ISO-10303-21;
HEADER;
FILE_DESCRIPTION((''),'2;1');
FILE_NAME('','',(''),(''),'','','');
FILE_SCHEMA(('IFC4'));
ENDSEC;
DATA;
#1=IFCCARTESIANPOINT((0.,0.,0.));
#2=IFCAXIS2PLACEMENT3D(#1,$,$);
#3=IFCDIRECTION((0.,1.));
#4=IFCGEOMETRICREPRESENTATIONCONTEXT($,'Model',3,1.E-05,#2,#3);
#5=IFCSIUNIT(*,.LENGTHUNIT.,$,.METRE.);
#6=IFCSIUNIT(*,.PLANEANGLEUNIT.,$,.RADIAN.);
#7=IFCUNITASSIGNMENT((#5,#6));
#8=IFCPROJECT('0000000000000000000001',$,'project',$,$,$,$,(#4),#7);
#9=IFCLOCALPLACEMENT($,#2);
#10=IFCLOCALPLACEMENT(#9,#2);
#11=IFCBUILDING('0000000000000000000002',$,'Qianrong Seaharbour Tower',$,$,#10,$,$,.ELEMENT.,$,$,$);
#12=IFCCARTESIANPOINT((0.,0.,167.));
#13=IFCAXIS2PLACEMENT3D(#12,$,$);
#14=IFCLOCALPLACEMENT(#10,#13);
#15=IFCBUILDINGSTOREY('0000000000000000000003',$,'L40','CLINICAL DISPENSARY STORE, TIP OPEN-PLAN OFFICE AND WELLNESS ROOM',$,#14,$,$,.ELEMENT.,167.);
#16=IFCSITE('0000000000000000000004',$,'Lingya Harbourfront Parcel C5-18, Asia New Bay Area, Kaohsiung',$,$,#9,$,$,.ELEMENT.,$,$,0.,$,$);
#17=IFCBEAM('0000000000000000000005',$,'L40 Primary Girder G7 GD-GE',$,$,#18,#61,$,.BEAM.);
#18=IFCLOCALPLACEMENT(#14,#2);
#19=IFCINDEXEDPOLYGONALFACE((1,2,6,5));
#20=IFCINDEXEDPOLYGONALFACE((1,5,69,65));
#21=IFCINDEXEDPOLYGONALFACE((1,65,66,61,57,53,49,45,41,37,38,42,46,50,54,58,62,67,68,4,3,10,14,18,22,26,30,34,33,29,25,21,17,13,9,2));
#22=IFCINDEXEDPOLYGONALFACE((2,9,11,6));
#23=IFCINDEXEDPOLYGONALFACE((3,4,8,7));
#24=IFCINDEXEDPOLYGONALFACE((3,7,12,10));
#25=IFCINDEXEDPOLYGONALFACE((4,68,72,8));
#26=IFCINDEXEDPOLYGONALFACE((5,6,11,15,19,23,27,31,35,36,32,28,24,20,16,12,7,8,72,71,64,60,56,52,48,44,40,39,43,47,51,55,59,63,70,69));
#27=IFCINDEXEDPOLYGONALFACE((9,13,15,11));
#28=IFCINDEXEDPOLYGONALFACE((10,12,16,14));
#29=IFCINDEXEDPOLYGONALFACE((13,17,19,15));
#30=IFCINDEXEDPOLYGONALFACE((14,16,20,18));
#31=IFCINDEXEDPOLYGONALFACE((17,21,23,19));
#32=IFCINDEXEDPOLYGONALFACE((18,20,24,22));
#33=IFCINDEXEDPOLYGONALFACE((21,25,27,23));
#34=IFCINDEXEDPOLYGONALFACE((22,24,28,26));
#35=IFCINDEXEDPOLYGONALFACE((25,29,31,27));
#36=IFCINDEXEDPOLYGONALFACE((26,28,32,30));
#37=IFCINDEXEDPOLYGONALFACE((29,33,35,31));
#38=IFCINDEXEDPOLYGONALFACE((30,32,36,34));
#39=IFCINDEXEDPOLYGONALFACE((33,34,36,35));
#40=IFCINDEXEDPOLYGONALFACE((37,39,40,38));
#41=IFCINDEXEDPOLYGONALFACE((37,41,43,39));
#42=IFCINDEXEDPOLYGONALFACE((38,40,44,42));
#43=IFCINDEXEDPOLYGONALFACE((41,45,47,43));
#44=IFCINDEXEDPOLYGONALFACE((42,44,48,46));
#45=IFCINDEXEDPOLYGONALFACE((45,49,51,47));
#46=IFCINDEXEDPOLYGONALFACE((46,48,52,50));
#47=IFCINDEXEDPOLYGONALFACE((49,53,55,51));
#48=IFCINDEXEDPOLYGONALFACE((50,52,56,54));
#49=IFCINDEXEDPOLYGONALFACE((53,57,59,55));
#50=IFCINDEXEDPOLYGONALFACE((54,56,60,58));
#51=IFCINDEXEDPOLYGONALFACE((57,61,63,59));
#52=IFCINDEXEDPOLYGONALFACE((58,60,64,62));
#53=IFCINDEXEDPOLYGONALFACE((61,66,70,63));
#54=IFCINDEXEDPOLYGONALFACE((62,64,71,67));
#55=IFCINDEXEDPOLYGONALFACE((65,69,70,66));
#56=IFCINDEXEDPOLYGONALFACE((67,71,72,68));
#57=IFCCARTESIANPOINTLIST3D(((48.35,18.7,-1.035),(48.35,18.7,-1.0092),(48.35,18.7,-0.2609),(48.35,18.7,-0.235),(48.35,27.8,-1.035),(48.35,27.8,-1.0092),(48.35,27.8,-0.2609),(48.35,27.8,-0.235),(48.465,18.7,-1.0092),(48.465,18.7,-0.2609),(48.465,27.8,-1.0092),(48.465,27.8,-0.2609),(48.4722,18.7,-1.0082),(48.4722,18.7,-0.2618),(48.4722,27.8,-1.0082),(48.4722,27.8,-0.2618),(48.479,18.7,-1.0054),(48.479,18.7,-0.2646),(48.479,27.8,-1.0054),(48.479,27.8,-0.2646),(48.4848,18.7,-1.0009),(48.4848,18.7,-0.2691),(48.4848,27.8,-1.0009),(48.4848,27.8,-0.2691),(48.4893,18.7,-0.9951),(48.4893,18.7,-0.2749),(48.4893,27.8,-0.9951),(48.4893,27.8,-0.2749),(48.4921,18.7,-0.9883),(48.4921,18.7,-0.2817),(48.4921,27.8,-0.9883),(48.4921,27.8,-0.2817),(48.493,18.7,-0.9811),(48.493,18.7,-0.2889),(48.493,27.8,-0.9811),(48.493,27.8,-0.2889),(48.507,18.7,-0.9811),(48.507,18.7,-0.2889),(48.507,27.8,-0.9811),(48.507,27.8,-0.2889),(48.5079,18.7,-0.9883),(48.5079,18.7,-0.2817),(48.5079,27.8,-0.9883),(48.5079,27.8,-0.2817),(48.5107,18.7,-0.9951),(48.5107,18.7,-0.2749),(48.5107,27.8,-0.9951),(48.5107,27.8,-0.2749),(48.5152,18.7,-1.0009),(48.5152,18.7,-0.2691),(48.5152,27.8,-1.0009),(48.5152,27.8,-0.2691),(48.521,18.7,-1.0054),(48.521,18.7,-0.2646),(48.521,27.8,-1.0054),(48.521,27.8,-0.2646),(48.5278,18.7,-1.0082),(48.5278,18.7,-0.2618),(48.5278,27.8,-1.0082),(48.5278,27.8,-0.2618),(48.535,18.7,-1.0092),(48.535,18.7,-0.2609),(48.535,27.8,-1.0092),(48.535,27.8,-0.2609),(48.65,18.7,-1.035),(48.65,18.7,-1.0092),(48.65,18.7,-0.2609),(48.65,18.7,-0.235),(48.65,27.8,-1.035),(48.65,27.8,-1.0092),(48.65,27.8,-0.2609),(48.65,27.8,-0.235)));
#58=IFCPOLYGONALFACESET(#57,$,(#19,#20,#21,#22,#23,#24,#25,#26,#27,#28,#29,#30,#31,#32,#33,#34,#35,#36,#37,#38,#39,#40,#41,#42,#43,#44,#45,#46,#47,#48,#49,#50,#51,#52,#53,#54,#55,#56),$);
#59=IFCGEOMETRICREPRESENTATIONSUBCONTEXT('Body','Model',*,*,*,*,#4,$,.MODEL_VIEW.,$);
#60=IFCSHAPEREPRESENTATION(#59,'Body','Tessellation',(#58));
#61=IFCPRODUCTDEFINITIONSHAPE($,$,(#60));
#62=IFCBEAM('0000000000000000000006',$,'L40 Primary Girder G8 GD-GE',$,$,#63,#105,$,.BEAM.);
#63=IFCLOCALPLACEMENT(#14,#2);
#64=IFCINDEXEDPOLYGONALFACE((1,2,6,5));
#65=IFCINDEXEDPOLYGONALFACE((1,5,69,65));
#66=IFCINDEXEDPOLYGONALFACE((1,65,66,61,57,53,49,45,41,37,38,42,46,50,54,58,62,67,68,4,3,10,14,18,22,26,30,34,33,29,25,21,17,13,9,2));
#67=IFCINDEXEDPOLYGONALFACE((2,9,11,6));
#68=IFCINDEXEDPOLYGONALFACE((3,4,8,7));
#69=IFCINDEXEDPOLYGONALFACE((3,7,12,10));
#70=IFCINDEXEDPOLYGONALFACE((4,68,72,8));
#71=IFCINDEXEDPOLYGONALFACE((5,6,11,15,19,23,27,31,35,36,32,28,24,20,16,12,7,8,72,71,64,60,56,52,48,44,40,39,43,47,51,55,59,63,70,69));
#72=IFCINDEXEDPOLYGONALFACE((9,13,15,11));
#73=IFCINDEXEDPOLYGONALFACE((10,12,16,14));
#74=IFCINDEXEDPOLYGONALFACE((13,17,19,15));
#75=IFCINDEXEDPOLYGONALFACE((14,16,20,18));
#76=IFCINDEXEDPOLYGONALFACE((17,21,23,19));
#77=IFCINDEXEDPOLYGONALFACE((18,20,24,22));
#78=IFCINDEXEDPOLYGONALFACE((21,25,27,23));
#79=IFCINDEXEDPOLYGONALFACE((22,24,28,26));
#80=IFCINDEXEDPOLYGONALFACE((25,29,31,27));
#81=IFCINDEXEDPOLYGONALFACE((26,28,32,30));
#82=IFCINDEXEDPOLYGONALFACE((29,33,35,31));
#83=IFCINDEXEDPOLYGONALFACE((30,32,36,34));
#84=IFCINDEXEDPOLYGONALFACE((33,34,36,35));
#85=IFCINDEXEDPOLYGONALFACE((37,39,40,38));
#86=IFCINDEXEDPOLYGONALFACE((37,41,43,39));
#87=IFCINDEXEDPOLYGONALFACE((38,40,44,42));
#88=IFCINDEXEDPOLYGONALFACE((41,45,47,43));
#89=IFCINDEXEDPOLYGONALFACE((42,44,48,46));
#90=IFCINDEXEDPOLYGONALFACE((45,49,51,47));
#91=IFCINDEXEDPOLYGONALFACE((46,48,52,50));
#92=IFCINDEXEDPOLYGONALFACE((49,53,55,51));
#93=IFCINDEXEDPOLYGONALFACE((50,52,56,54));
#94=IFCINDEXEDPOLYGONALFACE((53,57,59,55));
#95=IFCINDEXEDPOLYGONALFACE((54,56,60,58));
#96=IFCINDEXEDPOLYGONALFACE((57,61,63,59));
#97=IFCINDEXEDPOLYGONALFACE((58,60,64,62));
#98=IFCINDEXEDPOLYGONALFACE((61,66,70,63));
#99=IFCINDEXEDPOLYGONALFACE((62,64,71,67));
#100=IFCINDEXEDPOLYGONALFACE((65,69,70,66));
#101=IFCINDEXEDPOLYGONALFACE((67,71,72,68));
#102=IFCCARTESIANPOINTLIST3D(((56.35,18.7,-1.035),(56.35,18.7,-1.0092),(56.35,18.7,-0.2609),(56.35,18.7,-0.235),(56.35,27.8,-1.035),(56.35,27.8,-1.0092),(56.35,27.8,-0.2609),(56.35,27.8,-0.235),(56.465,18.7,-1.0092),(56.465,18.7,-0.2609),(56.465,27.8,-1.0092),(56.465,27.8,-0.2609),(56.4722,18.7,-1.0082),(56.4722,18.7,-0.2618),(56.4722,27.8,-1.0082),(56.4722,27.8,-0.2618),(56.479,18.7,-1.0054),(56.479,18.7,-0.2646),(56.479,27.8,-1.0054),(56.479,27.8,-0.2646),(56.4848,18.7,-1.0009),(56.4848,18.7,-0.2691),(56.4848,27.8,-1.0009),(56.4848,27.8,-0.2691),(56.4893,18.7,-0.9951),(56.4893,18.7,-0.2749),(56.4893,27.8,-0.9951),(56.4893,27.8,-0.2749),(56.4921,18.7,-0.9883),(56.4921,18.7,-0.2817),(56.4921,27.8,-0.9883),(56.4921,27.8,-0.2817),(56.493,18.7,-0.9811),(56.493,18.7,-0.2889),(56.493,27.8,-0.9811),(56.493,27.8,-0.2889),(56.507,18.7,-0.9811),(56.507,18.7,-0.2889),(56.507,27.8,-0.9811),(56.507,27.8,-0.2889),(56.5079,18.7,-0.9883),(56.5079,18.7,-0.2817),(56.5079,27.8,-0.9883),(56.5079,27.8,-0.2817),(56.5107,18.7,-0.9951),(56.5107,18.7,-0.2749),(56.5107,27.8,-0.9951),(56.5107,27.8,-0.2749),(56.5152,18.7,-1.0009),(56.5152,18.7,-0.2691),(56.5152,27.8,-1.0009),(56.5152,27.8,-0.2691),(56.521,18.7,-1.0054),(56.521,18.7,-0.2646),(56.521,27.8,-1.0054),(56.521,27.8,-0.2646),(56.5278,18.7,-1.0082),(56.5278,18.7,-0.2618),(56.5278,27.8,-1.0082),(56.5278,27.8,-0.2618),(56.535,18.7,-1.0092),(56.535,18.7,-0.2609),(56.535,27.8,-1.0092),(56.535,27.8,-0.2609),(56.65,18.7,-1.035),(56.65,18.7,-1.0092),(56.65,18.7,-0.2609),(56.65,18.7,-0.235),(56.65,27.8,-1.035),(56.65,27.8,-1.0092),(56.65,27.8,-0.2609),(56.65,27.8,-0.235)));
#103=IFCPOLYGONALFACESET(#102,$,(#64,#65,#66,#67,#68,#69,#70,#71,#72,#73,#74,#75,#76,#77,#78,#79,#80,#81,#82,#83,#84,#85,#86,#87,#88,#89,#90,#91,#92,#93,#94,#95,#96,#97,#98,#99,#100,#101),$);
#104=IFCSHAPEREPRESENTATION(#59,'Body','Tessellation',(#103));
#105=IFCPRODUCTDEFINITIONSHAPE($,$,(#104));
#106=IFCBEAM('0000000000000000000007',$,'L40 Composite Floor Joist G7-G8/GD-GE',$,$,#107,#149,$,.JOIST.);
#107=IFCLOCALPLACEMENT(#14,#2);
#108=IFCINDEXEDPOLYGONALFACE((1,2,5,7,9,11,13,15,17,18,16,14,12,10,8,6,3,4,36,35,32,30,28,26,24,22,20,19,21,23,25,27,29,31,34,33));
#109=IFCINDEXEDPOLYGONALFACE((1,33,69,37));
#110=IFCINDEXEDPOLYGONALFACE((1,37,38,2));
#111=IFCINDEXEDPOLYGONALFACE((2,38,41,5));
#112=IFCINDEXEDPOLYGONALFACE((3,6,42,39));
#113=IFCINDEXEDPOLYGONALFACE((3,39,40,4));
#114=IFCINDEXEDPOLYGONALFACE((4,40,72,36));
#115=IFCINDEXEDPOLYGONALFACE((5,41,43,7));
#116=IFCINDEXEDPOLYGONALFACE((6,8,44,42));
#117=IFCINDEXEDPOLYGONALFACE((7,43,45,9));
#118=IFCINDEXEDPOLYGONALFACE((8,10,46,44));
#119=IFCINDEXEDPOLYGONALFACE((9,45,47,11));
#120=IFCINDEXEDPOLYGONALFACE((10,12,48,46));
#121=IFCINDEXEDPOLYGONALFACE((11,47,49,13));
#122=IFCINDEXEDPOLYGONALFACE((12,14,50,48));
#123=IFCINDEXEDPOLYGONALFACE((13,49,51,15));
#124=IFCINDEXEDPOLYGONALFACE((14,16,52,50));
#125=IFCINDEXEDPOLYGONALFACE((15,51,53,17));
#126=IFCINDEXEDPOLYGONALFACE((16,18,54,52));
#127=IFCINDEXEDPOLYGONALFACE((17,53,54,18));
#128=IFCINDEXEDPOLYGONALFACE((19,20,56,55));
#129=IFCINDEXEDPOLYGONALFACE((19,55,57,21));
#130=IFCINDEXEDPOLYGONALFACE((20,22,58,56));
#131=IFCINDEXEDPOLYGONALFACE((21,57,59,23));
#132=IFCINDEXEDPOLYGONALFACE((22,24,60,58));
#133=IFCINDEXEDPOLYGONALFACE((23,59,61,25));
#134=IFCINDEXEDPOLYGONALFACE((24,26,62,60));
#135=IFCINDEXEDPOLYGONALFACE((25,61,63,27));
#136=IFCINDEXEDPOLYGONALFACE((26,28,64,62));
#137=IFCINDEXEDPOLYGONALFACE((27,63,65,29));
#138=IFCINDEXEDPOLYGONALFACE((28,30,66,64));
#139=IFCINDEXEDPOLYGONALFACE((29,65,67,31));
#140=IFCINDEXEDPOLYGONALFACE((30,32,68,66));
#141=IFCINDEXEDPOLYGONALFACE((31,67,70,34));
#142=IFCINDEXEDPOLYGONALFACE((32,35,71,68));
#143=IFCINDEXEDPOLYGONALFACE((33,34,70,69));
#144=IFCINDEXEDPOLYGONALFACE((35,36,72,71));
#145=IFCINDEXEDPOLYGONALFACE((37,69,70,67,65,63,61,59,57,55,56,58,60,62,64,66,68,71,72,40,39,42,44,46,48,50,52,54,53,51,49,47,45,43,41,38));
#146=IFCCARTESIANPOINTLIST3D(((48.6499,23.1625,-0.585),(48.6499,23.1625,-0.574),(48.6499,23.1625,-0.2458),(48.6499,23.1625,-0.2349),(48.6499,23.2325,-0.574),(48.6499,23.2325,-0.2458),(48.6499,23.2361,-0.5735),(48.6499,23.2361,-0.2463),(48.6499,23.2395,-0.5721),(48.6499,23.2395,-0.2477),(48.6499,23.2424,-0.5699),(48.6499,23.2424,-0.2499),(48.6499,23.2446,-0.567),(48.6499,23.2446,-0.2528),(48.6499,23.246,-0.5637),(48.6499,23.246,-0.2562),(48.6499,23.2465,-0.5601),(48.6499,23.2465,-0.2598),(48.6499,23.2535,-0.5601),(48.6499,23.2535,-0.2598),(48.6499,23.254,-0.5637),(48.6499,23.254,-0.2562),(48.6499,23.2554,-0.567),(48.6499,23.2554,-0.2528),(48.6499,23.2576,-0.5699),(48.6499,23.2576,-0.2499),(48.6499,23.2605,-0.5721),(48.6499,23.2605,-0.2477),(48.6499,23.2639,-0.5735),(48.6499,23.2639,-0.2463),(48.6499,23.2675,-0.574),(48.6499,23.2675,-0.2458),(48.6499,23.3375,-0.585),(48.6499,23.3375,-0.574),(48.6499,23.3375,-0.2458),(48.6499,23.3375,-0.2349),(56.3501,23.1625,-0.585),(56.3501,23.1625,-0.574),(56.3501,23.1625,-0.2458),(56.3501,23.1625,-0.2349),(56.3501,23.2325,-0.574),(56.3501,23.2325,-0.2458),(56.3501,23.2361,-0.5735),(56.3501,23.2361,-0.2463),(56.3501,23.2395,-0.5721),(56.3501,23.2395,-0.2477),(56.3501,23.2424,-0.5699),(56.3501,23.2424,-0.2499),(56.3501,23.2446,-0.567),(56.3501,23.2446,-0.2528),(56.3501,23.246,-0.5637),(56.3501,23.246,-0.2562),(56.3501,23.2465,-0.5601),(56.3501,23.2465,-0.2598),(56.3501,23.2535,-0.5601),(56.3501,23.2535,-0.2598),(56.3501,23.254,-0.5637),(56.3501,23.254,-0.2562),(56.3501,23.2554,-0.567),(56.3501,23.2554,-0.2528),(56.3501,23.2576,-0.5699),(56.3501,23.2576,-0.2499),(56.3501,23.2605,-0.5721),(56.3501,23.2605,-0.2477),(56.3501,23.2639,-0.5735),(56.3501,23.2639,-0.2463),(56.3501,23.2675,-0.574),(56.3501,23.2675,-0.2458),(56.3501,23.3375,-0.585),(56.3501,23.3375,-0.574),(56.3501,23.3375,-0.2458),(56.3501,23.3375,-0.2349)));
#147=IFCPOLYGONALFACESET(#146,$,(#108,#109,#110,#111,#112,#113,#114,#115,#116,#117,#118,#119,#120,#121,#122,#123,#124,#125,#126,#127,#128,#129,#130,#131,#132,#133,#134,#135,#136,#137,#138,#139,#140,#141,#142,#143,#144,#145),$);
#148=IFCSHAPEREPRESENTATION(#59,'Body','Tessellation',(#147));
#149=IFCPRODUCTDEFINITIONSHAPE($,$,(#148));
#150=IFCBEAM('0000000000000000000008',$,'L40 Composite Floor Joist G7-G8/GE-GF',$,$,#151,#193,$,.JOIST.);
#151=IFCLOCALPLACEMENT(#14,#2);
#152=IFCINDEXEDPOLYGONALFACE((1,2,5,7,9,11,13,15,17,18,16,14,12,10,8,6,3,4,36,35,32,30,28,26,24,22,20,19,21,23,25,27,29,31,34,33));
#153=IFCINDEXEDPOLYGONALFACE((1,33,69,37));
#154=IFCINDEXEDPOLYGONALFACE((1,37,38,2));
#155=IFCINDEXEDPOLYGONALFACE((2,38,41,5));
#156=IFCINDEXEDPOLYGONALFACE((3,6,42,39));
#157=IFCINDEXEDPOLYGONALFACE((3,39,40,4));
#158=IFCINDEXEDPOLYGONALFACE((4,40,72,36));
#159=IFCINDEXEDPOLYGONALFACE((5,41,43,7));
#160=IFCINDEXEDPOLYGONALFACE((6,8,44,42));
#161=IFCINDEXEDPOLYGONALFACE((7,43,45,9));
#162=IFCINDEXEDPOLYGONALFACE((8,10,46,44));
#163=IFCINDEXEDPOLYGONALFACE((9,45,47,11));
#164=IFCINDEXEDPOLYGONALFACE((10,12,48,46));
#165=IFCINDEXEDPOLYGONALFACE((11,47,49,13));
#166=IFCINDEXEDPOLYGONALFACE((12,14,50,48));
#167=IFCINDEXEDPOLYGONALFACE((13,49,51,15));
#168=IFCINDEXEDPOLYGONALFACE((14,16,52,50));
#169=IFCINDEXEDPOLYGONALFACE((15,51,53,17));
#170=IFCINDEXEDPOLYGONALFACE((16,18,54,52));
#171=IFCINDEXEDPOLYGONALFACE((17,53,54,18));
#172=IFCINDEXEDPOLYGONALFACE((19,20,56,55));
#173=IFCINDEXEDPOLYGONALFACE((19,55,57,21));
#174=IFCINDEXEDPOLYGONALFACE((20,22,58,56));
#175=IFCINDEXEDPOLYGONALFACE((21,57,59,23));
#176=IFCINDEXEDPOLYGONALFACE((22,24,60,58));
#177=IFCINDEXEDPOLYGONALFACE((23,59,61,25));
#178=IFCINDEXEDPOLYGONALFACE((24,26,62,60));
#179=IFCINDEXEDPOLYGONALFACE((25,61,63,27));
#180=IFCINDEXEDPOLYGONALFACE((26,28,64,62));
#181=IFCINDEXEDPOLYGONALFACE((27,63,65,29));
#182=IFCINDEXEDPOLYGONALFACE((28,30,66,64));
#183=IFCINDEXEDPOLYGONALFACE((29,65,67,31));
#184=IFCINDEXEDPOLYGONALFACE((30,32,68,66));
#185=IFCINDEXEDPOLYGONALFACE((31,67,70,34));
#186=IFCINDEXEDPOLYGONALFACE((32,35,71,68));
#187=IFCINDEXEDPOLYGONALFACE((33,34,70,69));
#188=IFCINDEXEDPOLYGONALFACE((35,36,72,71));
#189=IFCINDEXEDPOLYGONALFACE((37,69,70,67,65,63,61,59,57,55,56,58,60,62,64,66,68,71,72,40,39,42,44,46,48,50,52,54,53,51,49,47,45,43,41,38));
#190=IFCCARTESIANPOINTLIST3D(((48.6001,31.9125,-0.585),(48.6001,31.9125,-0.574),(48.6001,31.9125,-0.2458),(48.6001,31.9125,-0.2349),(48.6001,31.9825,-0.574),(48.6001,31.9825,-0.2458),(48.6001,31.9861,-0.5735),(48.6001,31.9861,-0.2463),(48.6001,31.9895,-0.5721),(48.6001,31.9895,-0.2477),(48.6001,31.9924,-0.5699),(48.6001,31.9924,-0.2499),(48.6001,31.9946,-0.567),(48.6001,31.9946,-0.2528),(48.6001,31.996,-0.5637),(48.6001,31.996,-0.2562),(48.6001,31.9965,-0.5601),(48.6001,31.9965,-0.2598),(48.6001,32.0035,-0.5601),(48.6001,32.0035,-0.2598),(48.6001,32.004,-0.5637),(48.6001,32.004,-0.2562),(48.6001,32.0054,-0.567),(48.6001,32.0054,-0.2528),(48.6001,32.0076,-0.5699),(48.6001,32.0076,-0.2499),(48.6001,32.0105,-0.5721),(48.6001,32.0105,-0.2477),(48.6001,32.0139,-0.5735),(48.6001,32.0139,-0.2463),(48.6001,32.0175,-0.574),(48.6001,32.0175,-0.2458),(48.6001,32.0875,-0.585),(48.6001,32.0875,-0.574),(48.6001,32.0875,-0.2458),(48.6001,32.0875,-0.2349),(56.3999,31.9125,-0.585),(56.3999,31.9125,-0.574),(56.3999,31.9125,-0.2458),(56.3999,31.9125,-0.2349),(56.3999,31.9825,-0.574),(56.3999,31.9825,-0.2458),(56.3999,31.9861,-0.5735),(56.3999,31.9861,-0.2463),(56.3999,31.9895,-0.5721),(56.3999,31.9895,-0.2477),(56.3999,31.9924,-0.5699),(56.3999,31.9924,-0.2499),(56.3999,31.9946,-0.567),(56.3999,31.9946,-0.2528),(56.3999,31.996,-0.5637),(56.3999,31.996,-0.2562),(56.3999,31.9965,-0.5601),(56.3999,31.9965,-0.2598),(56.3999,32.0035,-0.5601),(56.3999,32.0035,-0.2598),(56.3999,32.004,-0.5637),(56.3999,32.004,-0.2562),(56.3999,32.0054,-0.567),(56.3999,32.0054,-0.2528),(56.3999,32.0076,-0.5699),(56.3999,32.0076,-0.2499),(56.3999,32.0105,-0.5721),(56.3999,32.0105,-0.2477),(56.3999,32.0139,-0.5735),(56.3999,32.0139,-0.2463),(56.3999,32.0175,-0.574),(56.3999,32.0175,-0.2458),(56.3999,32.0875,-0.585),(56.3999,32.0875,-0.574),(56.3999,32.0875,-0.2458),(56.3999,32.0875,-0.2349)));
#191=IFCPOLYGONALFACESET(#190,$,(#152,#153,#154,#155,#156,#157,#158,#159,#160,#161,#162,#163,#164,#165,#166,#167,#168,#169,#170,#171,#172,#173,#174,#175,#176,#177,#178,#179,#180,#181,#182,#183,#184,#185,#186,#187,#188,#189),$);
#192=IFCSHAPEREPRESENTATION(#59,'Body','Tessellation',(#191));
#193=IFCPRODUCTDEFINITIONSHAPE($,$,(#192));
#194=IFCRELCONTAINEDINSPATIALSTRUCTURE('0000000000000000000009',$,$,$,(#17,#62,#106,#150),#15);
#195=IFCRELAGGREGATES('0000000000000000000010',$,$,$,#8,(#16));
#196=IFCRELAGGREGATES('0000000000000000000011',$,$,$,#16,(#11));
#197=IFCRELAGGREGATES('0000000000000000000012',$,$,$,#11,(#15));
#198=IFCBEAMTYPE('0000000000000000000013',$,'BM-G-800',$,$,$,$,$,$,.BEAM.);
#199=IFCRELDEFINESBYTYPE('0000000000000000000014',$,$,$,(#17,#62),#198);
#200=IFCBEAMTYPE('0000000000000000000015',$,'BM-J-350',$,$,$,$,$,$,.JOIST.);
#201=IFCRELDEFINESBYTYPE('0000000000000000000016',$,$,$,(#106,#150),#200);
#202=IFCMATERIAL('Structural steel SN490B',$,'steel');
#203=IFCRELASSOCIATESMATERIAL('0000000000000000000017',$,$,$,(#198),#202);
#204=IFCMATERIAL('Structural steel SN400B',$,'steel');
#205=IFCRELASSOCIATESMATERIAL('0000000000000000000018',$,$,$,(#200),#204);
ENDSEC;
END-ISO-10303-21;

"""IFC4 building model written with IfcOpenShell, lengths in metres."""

from ifc_helpers import new_model, si_unit, direction, frame, origin, origin_2d, place, context, subcontext, project, spatial, i_section, extrude, material, material_profile, profile_set, type_object, element, save


model = new_model("IFC4")

# Units and contexts
model_context = context("Model", 3, precision=1e-05, world=origin(), true_north=direction((0.0, 1.0)))
body_context = subcontext(model_context, "Body", "Model", "MODEL_VIEW")
ifc_project = project(units=[si_unit("LENGTHUNIT", "METRE"), si_unit("PLANEANGLEUNIT", "RADIAN")], contexts=[model_context])

# Site, building, storey
site_placement = place(None, origin())
site = spatial("IfcSite", under=ifc_project, at=site_placement, Name="Lingya Harbourfront Parcel C5-18, Asia New Bay Area, Kaohsiung", CompositionType="ELEMENT", RefElevation=0.0)
building_placement = place(site_placement, origin())
building = spatial("IfcBuilding", under=site, at=building_placement, Name="Qianrong Seaharbour Tower", CompositionType="ELEMENT")
storey_placement = place(building_placement, frame((0.0, 0.0, 167.0)))
storey = spatial("IfcBuildingStorey", under=building, at=storey_placement, Name="L40", Description="CLINICAL DISPENSARY STORE, TIP OPEN-PLAN OFFICE AND WELLNESS ROOM", CompositionType="ELEMENT", Elevation=167.0)

# Shared definitions
ifc_material_1 = material(Name="Structural steel SN490B", Category="steel")

# Beams
ifc_material_profile_1 = material_profile(ifc_material_1, i_section(OverallWidth=0.3, OverallDepth=0.8, WebThickness=0.0139, FlangeThickness=0.0259, FilletRadius=0.0281, at=origin_2d()), Name="H800x300x14x26")
ifc_profile_set_1 = profile_set([ifc_material_profile_1], Name="Structural steel SN490B")
beam_type_1 = type_object("IfcBeamType", Name="BM-G-800", PredefinedType="BEAM", material=ifc_profile_set_1)
for number, where, z_axis, x_axis, name in (
    (1, (48.5, 18.7, -0.635), (0.0, 1.0, 0.0), (-1.0, 0.0, 0.0), "L40 Primary Girder G7 GD-GE"),
    (2, (56.5, 18.7, -0.635), (0.0, 1.0, 0.0), (-1.0, 0.0, 0.0), "L40 Primary Girder G8 GD-GE"),
):
    element("IfcBeam", number, at=place(storey_placement, frame(where, z_axis=z_axis, x_axis=x_axis)), inside=storey, type_object=beam_type_1, Name=name, PredefinedType="BEAM", context=body_context, shape_type="SweptSolid", body=[
        extrude(i_section(OverallWidth=0.3, OverallDepth=0.8, WebThickness=0.0139, FlangeThickness=0.0259, FilletRadius=0.0281, at=origin_2d()), origin(), (0.0, 0.0, 1.0), 9.1001),
    ])
ifc_material_2 = material(Name="Structural steel SN400B", Category="steel")
ifc_material_profile_2 = material_profile(ifc_material_2, i_section(OverallWidth=0.175, OverallDepth=0.3501, WebThickness=0.0071, FlangeThickness=0.011, FilletRadius=0.0139, at=origin_2d()), Name="H350x175x7x11")
ifc_profile_set_2 = profile_set([ifc_material_profile_2], Name="Structural steel SN400B")
beam_type_2 = type_object("IfcBeamType", Name="BM-J-350", PredefinedType="JOIST", material=ifc_profile_set_2)
beam_1_placement = place(storey_placement, frame((48.6499, 23.25, -0.4099), z_axis=(1.0, 0.0, 0.0), x_axis=(0.0, 1.0, 0.0)))
element("IfcBeam", 3, at=beam_1_placement, inside=storey, type_object=beam_type_2, Name="L40 Composite Floor Joist G7-G8/GD-GE", PredefinedType="JOIST", context=body_context, shape_type="SweptSolid", body=[
    extrude(i_section(OverallWidth=0.175, OverallDepth=0.3501, WebThickness=0.0071, FlangeThickness=0.011, FilletRadius=0.0139, at=origin_2d()), origin(), (0.0, 0.0, 1.0), 7.7002),
])
beam_2_placement = place(storey_placement, frame((48.6001, 32.0, -0.4099), z_axis=(1.0, 0.0, 0.0), x_axis=(0.0, 1.0, 0.0)))
element("IfcBeam", 4, at=beam_2_placement, inside=storey, type_object=beam_type_2, Name="L40 Composite Floor Joist G7-G8/GE-GF", PredefinedType="JOIST", context=body_context, shape_type="SweptSolid", body=[
    extrude(i_section(OverallWidth=0.175, OverallDepth=0.3501, WebThickness=0.0071, FlangeThickness=0.011, FilletRadius=0.0139, at=origin_2d()), origin(), (0.0, 0.0, 1.0), 7.7998),
])

save(model, "model.ifc")
